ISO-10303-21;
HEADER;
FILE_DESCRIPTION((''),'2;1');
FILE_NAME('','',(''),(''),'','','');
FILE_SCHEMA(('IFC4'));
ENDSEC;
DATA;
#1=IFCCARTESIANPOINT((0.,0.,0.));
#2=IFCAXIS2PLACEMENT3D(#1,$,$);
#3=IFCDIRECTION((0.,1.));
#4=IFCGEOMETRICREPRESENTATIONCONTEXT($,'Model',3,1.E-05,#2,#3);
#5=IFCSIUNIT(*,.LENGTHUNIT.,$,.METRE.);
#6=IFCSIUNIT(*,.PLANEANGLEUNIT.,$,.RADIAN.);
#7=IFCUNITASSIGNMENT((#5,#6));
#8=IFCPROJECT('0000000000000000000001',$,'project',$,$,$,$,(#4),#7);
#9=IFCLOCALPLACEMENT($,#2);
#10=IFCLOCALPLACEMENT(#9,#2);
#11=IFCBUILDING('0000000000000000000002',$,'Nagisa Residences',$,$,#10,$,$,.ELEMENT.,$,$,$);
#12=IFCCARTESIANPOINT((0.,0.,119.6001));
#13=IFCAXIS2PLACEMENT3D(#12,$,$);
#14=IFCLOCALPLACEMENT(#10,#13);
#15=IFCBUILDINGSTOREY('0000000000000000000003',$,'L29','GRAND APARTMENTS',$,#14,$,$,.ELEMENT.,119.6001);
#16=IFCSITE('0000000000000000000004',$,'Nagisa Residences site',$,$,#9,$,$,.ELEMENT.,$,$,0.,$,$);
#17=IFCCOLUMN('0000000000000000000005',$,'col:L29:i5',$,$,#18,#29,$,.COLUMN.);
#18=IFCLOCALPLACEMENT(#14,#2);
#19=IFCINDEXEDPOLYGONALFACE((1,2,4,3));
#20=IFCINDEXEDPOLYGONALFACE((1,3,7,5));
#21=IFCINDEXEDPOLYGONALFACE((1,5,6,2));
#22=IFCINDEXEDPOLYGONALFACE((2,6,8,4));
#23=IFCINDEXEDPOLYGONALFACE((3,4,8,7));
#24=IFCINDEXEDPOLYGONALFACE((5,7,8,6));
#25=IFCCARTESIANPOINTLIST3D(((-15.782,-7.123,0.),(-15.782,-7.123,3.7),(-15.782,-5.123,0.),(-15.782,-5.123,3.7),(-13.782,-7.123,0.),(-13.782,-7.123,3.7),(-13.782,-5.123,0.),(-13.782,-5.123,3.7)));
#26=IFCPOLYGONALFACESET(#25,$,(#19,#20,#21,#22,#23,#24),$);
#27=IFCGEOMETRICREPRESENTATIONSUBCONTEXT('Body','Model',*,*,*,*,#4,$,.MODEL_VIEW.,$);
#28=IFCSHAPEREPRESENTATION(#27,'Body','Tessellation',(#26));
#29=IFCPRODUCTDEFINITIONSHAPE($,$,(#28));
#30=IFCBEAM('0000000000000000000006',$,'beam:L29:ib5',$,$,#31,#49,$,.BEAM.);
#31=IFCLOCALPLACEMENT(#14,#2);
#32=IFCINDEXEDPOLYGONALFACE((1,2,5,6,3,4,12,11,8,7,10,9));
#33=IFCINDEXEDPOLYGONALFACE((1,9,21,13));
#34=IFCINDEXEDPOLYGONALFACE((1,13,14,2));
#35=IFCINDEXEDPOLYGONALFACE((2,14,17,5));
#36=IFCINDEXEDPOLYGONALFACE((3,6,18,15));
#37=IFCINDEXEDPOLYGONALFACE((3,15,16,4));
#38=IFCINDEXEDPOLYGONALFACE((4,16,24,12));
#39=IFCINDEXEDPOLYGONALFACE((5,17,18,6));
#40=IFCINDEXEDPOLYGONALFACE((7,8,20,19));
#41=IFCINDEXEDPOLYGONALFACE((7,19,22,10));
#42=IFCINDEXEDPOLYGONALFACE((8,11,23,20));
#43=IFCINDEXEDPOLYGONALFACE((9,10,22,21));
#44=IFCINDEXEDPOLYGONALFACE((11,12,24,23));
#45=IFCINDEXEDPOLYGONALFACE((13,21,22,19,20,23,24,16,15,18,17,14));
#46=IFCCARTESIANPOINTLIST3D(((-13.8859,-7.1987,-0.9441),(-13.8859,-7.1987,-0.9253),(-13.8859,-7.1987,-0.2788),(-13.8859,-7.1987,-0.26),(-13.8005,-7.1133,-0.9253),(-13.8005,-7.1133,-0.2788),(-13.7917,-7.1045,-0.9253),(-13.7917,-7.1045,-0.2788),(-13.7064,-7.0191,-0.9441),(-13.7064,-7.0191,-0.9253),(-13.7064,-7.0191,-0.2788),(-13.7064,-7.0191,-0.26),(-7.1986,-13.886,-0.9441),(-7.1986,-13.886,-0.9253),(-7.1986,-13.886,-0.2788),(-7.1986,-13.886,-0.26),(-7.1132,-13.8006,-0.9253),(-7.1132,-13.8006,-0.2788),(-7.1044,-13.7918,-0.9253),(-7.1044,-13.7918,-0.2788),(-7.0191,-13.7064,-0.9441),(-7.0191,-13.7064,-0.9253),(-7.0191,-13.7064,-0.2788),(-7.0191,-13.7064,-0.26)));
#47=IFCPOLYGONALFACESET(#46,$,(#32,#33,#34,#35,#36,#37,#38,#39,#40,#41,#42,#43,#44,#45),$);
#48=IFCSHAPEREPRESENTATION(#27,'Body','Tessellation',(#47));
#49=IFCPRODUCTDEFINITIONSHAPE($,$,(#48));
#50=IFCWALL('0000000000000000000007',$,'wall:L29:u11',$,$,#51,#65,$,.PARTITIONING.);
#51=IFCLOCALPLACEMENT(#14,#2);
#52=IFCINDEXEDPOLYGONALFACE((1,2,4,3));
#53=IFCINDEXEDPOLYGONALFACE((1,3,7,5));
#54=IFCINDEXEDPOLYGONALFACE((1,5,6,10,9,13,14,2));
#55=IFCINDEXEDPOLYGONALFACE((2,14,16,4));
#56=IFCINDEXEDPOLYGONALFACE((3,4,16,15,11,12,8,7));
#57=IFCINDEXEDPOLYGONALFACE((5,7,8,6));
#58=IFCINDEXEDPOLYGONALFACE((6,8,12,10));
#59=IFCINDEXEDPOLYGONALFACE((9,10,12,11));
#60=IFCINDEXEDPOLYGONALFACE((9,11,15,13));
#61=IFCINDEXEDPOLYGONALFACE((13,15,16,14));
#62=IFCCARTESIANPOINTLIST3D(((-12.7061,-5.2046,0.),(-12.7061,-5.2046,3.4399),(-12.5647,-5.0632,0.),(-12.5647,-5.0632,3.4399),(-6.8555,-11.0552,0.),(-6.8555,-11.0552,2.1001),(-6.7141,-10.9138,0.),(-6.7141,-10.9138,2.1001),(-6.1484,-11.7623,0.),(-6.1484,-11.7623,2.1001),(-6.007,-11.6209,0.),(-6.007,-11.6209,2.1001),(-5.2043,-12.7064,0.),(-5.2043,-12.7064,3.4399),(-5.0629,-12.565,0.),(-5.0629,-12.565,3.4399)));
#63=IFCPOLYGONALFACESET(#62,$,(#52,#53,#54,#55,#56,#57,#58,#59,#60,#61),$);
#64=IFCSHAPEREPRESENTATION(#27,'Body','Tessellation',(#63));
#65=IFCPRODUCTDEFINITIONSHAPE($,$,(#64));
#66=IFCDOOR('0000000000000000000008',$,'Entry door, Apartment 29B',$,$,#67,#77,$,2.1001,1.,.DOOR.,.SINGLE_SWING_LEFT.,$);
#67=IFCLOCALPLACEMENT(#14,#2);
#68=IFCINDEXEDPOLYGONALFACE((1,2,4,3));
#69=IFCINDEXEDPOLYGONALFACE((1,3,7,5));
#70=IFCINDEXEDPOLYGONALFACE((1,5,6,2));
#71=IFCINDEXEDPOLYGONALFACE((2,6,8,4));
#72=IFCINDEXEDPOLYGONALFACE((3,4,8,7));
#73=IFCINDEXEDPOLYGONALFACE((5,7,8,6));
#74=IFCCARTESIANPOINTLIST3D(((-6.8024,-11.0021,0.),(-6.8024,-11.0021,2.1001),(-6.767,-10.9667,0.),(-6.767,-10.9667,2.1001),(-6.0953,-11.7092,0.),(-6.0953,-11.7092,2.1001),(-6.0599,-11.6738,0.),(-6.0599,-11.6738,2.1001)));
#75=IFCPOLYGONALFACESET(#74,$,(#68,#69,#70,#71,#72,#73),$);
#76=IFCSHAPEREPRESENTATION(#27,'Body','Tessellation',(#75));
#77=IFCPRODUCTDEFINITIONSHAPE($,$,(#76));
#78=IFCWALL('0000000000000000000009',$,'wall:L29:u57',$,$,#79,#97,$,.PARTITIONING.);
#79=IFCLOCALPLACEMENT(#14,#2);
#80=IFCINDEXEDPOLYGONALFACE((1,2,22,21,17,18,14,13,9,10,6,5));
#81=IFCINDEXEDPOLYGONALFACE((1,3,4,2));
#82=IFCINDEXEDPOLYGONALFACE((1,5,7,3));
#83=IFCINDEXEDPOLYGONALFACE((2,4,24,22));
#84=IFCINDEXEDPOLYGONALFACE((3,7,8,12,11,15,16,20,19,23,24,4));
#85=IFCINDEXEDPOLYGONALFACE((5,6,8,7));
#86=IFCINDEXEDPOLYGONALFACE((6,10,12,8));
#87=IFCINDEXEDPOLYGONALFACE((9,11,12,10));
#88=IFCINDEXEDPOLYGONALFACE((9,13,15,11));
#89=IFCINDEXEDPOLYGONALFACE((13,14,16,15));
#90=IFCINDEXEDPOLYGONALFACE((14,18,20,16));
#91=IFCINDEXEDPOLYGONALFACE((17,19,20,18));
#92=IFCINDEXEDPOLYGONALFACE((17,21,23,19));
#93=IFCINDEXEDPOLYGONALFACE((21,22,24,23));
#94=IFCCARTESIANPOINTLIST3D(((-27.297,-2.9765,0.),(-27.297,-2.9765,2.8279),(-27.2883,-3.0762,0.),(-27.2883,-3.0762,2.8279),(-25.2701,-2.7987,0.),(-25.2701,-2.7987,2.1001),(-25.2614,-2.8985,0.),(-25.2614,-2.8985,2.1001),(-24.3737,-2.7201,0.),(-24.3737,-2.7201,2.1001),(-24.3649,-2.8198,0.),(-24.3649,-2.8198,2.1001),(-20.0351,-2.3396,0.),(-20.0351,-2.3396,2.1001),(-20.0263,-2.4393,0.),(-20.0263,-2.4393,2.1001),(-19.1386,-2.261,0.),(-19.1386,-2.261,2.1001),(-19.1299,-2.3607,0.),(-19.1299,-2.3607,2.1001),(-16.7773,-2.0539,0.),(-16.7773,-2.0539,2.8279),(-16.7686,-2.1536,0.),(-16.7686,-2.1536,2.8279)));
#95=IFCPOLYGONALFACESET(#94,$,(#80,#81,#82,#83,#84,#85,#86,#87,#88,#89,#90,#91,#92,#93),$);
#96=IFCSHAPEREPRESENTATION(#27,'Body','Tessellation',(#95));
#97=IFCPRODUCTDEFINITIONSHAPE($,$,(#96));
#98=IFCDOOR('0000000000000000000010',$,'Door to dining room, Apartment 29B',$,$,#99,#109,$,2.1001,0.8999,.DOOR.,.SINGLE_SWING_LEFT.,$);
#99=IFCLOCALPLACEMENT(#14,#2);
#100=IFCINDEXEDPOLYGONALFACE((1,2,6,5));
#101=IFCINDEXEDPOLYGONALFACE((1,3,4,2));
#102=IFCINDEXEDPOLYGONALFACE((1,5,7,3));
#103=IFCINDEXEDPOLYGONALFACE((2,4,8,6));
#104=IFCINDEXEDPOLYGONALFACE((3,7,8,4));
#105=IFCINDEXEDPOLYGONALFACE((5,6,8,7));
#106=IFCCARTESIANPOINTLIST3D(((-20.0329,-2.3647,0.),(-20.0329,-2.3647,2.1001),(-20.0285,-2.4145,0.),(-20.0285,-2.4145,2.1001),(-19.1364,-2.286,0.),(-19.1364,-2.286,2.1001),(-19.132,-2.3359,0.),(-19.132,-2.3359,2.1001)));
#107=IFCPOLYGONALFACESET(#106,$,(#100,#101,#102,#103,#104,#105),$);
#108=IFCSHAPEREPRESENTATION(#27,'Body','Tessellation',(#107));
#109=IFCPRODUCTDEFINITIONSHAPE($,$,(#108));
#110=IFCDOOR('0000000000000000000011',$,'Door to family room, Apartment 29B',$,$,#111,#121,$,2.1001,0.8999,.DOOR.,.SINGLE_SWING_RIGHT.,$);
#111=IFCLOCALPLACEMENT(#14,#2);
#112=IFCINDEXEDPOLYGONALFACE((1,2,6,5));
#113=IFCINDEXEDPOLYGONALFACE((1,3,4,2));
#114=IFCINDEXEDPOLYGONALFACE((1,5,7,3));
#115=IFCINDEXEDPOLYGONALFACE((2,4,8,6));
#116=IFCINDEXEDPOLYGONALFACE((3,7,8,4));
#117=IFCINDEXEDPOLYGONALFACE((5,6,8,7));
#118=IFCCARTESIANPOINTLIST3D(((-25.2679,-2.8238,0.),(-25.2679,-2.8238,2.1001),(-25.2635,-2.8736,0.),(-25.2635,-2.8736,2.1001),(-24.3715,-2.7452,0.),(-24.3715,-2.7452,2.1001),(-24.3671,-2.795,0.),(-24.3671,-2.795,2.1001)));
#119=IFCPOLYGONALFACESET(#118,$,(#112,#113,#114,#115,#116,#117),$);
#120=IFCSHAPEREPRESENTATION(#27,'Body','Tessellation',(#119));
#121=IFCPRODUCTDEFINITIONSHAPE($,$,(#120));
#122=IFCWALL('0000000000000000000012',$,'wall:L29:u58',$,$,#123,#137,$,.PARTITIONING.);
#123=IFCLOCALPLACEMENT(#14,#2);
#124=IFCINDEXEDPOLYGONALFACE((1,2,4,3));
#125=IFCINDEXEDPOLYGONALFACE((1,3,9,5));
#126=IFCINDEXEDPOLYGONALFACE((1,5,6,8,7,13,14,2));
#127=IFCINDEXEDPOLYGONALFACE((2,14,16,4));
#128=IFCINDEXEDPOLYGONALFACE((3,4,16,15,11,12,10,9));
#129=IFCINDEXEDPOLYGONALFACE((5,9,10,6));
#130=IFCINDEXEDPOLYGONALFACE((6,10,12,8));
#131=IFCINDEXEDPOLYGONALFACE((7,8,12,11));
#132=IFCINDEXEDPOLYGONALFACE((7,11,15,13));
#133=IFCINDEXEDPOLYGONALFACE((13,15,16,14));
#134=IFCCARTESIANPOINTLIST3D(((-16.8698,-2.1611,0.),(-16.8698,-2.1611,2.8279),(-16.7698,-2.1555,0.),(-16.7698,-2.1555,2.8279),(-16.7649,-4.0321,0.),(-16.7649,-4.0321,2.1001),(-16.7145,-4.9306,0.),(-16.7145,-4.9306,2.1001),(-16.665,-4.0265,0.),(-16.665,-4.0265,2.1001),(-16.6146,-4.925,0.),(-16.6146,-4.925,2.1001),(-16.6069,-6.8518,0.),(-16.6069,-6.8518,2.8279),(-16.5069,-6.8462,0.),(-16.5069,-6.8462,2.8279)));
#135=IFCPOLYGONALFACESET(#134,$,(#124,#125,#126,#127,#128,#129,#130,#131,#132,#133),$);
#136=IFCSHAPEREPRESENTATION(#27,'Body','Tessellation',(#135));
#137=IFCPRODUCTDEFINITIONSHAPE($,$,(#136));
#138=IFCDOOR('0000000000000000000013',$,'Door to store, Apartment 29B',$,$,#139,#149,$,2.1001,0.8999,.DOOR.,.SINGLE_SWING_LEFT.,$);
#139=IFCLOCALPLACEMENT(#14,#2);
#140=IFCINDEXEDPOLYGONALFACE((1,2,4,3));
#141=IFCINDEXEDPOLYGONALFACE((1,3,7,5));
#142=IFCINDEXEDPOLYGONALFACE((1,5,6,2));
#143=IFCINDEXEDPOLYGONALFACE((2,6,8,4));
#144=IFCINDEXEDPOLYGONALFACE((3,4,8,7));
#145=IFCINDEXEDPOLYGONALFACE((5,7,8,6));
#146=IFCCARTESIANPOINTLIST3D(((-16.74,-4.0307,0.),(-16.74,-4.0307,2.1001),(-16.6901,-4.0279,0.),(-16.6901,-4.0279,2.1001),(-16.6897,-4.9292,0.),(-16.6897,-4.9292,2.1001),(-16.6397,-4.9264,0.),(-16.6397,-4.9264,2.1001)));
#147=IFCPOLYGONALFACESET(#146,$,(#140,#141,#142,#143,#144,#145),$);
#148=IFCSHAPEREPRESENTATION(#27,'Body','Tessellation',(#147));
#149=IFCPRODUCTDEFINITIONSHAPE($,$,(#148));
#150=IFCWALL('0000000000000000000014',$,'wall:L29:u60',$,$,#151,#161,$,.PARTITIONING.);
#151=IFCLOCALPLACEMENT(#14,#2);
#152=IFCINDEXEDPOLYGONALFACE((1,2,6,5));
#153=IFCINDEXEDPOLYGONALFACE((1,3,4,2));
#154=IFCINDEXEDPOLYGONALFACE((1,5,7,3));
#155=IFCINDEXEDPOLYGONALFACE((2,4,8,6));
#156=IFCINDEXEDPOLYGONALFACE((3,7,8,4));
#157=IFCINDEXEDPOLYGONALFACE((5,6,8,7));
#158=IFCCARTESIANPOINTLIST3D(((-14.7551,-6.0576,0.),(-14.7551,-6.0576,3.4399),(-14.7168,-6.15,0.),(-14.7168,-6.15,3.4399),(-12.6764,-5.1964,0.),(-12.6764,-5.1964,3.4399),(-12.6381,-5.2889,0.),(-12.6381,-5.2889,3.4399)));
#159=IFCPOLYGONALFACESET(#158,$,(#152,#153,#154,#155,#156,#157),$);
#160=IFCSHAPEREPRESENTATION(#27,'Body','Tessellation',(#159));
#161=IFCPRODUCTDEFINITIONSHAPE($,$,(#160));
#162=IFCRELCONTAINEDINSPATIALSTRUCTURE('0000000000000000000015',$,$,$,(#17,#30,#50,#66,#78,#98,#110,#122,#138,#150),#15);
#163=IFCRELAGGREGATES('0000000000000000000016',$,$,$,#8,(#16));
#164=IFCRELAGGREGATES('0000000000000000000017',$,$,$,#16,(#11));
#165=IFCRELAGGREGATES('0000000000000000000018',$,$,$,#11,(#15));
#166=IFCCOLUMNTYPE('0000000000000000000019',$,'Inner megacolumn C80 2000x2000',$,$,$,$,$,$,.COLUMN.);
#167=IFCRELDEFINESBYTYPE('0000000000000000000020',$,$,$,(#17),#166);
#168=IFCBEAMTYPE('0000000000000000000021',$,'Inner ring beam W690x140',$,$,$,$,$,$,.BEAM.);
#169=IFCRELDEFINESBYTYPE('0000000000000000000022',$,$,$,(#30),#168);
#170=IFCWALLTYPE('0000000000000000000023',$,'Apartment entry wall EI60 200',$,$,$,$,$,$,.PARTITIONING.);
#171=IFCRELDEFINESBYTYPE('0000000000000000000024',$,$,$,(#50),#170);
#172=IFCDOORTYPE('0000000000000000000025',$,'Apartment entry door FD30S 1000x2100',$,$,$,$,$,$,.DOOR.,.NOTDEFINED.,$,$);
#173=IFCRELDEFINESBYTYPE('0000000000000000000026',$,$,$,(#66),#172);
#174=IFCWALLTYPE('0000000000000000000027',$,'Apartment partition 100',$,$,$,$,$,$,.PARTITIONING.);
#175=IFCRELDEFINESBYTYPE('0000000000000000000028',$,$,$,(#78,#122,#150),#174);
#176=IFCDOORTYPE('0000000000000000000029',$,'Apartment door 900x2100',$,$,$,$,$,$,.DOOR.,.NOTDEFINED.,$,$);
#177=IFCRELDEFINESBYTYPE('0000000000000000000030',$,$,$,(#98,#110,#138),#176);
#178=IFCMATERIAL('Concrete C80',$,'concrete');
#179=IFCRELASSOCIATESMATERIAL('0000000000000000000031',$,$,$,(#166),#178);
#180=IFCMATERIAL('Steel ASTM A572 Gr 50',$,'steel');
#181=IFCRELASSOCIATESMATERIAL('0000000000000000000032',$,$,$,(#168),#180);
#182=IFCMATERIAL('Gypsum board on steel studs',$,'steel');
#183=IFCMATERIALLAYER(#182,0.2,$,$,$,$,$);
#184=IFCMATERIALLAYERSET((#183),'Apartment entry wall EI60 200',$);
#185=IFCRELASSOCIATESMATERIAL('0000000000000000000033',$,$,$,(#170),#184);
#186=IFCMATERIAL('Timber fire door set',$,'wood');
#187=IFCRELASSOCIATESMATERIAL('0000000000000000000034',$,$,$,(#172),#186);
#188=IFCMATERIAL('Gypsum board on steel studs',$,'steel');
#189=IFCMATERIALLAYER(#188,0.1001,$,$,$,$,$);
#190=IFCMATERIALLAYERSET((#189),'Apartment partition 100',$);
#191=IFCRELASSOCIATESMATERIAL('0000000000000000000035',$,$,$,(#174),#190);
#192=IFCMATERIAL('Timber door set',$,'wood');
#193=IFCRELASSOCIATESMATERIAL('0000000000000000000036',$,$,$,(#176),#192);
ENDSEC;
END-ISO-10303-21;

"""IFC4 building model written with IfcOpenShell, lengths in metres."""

from ifc_helpers import new_model, si_unit, direction, frame, frame_2d, origin, origin_2d, place, context, subcontext, project, spatial, rectangle, i_section, extrude, material, layer, layer_set, material_profile, profile_set, type_object, element, fill, save


model = new_model("IFC4")

# Units and contexts
model_context = context("Model", 3, precision=1e-05, world=origin(), true_north=direction((0.0, 1.0)))
body_context = subcontext(model_context, "Body", "Model", "MODEL_VIEW")
ifc_project = project(units=[si_unit("LENGTHUNIT", "METRE"), si_unit("PLANEANGLEUNIT", "RADIAN")], contexts=[model_context])

# Site, building, storey
site_placement = place(None, origin())
site = spatial("IfcSite", under=ifc_project, at=site_placement, Name="Nagisa Residences site", CompositionType="ELEMENT", RefElevation=0.0)
building_placement = place(site_placement, origin())
building = spatial("IfcBuilding", under=site, at=building_placement, Name="Nagisa Residences", CompositionType="ELEMENT")
storey_placement = place(building_placement, frame((0.0, 0.0, 119.6001)))
storey = spatial("IfcBuildingStorey", under=building, at=storey_placement, Name="L29", Description="GRAND APARTMENTS", CompositionType="ELEMENT", Elevation=119.6001)

# Column
ifc_material_1 = material(Name="Concrete C80", Category="concrete")
ifc_material_profile_1 = material_profile(ifc_material_1, rectangle(XDim=2.0, YDim=2.0, at=origin_2d()), Name="C80 2000x2000")
ifc_profile_set_1 = profile_set([ifc_material_profile_1], Name="Concrete C80")
column_type = type_object("IfcColumnType", Name="Inner megacolumn C80 2000x2000", PredefinedType="COLUMN", material=ifc_profile_set_1)
column_placement = place(storey_placement, frame((-14.782, -6.123, 0.0), z_axis=(0.0, 0.0, 1.0), x_axis=(1.0, 0.0, 0.0)))
element("IfcColumn", 1, at=column_placement, inside=storey, type_object=column_type, Name="col:L29:i5", PredefinedType="COLUMN", context=body_context, shape_type="SweptSolid", body=[
    extrude(rectangle(XDim=2.0, YDim=2.0, at=origin_2d()), origin(), (0.0, 0.0, 1.0), 3.7),
])

# Beam
ifc_material_2 = material(Name="Steel ASTM A572 Gr 50", Category="steel")
ifc_material_profile_2 = material_profile(ifc_material_2, i_section(OverallWidth=0.2539, OverallDepth=0.6841, WebThickness=0.0125, FlangeThickness=0.0188, at=origin_2d()), Name="W690x140")
ifc_profile_set_2 = profile_set([ifc_material_profile_2], Name="Steel ASTM A572 Gr 50")
beam_type = type_object("IfcBeamType", Name="Inner ring beam W690x140", PredefinedType="BEAM", material=ifc_profile_set_2)
beam_placement = place(storey_placement, frame((-13.7961, -7.1089, -0.6021), z_axis=(0.707107, -0.707107, 0.0), x_axis=(0.707107, 0.707107, 0.0)))
element("IfcBeam", 2, at=beam_placement, inside=storey, type_object=beam_type, Name="beam:L29:ib5", PredefinedType="BEAM", context=body_context, shape_type="SweptSolid", body=[
    extrude(i_section(OverallWidth=0.2539, OverallDepth=0.6841, WebThickness=0.0125, FlangeThickness=0.0188, at=origin_2d()), origin(), (0.0, 0.0, 1.0), 9.4573),
])

# Wall, opening, door
ifc_material_3 = material(Name="Gypsum board on steel studs", Category="steel")
ifc_layer_1 = layer(ifc_material_3, 0.2)
ifc_layer_set_1 = layer_set([ifc_layer_1], Name="Apartment entry wall EI60 200")
wall_type_1 = type_object("IfcWallType", Name="Apartment entry wall EI60 200", PredefinedType="PARTITIONING", material=ifc_layer_set_1)
wall_1_placement = place(storey_placement, frame((-12.6355, -5.1338, 0.0), z_axis=(0.0, 0.0, 1.0), x_axis=(0.707107, -0.707107, 0.0)))
wall_1 = element("IfcWall", 3, at=wall_1_placement, inside=storey, type_object=wall_type_1, Name="wall:L29:u11", PredefinedType="PARTITIONING", context=body_context, shape_type="SweptSolid", body=[
    extrude(rectangle(XDim=10.6091, YDim=0.2, at=frame_2d((5.3047, 0.0))), origin(), (0.0, 0.0, 1.0), 3.4399),
])
opening_1_placement = place(wall_1_placement, frame((8.2742, 0.0, 0.0)))
opening_1 = element("IfcOpeningElement", 4, at=opening_1_placement, cuts=wall_1, PredefinedType="OPENING", context=body_context, shape_type="SweptSolid", body=[
    extrude(rectangle(XDim=1.0, YDim=2.1001, at=frame_2d((0.5, 1.05))), frame((0.0, 0.1099, 0.0), z_axis=(0.0, -1.0, 0.0), x_axis=(1.0, 0.0, 0.0)), (0.0, 0.0, 1.0), 0.22),
])
ifc_material_4 = material(Name="Timber fire door set", Category="wood")
door_type_1 = type_object("IfcDoorType", Name="Apartment entry door FD30S 1000x2100", OperationType="NOTDEFINED", PredefinedType="DOOR", material=ifc_material_4)
door_1_placement = place(opening_1_placement, frame((1.0, 0.0, 0.0), x_axis=(-1.0, 0.0, 0.0)))
door_1 = element("IfcDoor", 5, at=door_1_placement, inside=storey, type_object=door_type_1, Name="Entry door, Apartment 29B", OperationType="SINGLE_SWING_LEFT", OverallHeight=2.1001, OverallWidth=1.0, PredefinedType="DOOR", context=body_context, shape_type="SweptSolid", body=[
    extrude(rectangle(XDim=1.0, YDim=2.1001, at=frame_2d((0.5, 1.05))), frame((0.0, 0.0249, 0.0), z_axis=(0.0, -1.0, 0.0), x_axis=(1.0, 0.0, 0.0)), (0.0, 0.0, 1.0), 0.05),
])
fill(opening_1, door_1)

# Wall, openings, doors
ifc_material_5 = material(Name="Gypsum board on steel studs", Category="steel")
ifc_layer_2 = layer(ifc_material_5, 0.1001)
ifc_layer_set_2 = layer_set([ifc_layer_2], Name="Apartment partition 100")
wall_type_2 = type_object("IfcWallType", Name="Apartment partition 100", PredefinedType="PARTITIONING", material=ifc_layer_set_2)
wall_2_placement = place(storey_placement, frame((-16.7729, -2.1038, 0.0), z_axis=(0.0, 0.0, 1.0), x_axis=(-0.996176, -0.087367, 0.0)))
wall_2 = element("IfcWall", 6, at=wall_2_placement, inside=storey, type_object=wall_type_2, Name="wall:L29:u57", PredefinedType="PARTITIONING", context=body_context, shape_type="SweptSolid", body=[
    extrude(rectangle(XDim=10.5601, YDim=0.1001, at=frame_2d((5.28, 0.0))), origin(), (0.0, 0.0, 1.0), 2.8279),
])
opening_2_placement = place(wall_2_placement, frame((2.3704, 0.0, 0.0)))
opening_2 = element("IfcOpeningElement", 7, at=opening_2_placement, cuts=wall_2, PredefinedType="OPENING", context=body_context, shape_type="SweptSolid", body=[
    extrude(rectangle(XDim=0.8999, YDim=2.1001, at=frame_2d((0.45, 1.05))), frame((0.0, 0.0601, 0.0), z_axis=(0.0, -1.0, 0.0), x_axis=(1.0, 0.0, 0.0)), (0.0, 0.0, 1.0), 0.1201),
])
opening_3_placement = place(wall_2_placement, frame((7.6255, 0.0, 0.0)))
opening_3 = element("IfcOpeningElement", 8, at=opening_3_placement, cuts=wall_2, PredefinedType="OPENING", context=body_context, shape_type="SweptSolid", body=[
    extrude(rectangle(XDim=0.8999, YDim=2.1001, at=frame_2d((0.45, 1.05))), frame((0.0, 0.0601, 0.0), z_axis=(0.0, -1.0, 0.0), x_axis=(1.0, 0.0, 0.0)), (0.0, 0.0, 1.0), 0.1201),
])
ifc_material_6 = material(Name="Timber door set", Category="wood")
door_type_2 = type_object("IfcDoorType", Name="Apartment door 900x2100", OperationType="NOTDEFINED", PredefinedType="DOOR", material=ifc_material_6)
door_2_placement = place(opening_2_placement, frame((0.8999, 0.0, 0.0), x_axis=(-1.0, 0.0, 0.0)))
door_2 = element("IfcDoor", 9, at=door_2_placement, inside=storey, type_object=door_type_2, Name="Door to dining room, Apartment 29B", OperationType="SINGLE_SWING_LEFT", OverallHeight=2.1001, OverallWidth=0.8999, PredefinedType="DOOR", context=body_context, shape_type="SweptSolid", body=[
    extrude(rectangle(XDim=0.8999, YDim=2.1001, at=frame_2d((0.45, 1.05))), frame((0.0, 0.0249, 0.0), z_axis=(0.0, -1.0, 0.0), x_axis=(1.0, 0.0, 0.0)), (0.0, 0.0, 1.0), 0.05),
])
fill(opening_2, door_2)
door_3_placement = place(opening_3_placement, frame((0.8999, 0.0, 0.0), x_axis=(-1.0, 0.0, 0.0)))
door_3 = element("IfcDoor", 10, at=door_3_placement, inside=storey, type_object=door_type_2, Name="Door to family room, Apartment 29B", OperationType="SINGLE_SWING_RIGHT", OverallHeight=2.1001, OverallWidth=0.8999, PredefinedType="DOOR", context=body_context, shape_type="SweptSolid", body=[
    extrude(rectangle(XDim=0.8999, YDim=2.1001, at=frame_2d((0.45, 1.05))), frame((0.0, 0.0249, 0.0), z_axis=(0.0, -1.0, 0.0), x_axis=(1.0, 0.0, 0.0)), (0.0, 0.0, 1.0), 0.05),
])
fill(opening_3, door_3)

# Wall, opening, door
wall_3_placement = place(storey_placement, frame((-16.8198, -2.1582, 0.0), z_axis=(0.0, 0.0, 1.0), x_axis=(0.055968, -0.998433, 0.0)))
wall_3 = element("IfcWall", 11, at=wall_3_placement, inside=storey, type_object=wall_type_2, Name="wall:L29:u58", PredefinedType="PARTITIONING", context=body_context, shape_type="SweptSolid", body=[
    extrude(rectangle(XDim=4.698, YDim=0.1001, at=frame_2d((2.3491, 0.0))), origin(), (0.0, 0.0, 1.0), 2.8279),
])
opening_4_placement = place(wall_3_placement, frame((1.874, 0.0, 0.0)))
opening_4 = element("IfcOpeningElement", 12, at=opening_4_placement, cuts=wall_3, PredefinedType="OPENING", context=body_context, shape_type="SweptSolid", body=[
    extrude(rectangle(XDim=0.8999, YDim=2.1001, at=frame_2d((0.45, 1.05))), frame((0.0, 0.0601, 0.0), z_axis=(0.0, -1.0, 0.0), x_axis=(1.0, 0.0, 0.0)), (0.0, 0.0, 1.0), 0.1201),
])
door_4_placement = place(opening_4_placement, origin())
door_4 = element("IfcDoor", 13, at=door_4_placement, inside=storey, type_object=door_type_2, Name="Door to store, Apartment 29B", OperationType="SINGLE_SWING_LEFT", OverallHeight=2.1001, OverallWidth=0.8999, PredefinedType="DOOR", context=body_context, shape_type="SweptSolid", body=[
    extrude(rectangle(XDim=0.8999, YDim=2.1001, at=frame_2d((0.45, 1.05))), frame((0.0, 0.0249, 0.0), z_axis=(0.0, -1.0, 0.0), x_axis=(1.0, 0.0, 0.0)), (0.0, 0.0, 1.0), 0.05),
])
fill(opening_4, door_4)

# Wall
wall_4_placement = place(storey_placement, frame((-12.6572, -5.2427, 0.0), z_axis=(0.0, 0.0, 1.0), x_axis=(-0.923865, -0.382719, 0.0)))
element("IfcWall", 14, at=wall_4_placement, inside=storey, type_object=wall_type_2, Name="wall:L29:u60", PredefinedType="PARTITIONING", context=body_context, shape_type="SweptSolid", body=[
    extrude(rectangle(XDim=2.25, YDim=0.1001, at=frame_2d((1.125, 0.0))), origin(), (0.0, 0.0, 1.0), 3.4399),
])

save(model, "model.ifc")
